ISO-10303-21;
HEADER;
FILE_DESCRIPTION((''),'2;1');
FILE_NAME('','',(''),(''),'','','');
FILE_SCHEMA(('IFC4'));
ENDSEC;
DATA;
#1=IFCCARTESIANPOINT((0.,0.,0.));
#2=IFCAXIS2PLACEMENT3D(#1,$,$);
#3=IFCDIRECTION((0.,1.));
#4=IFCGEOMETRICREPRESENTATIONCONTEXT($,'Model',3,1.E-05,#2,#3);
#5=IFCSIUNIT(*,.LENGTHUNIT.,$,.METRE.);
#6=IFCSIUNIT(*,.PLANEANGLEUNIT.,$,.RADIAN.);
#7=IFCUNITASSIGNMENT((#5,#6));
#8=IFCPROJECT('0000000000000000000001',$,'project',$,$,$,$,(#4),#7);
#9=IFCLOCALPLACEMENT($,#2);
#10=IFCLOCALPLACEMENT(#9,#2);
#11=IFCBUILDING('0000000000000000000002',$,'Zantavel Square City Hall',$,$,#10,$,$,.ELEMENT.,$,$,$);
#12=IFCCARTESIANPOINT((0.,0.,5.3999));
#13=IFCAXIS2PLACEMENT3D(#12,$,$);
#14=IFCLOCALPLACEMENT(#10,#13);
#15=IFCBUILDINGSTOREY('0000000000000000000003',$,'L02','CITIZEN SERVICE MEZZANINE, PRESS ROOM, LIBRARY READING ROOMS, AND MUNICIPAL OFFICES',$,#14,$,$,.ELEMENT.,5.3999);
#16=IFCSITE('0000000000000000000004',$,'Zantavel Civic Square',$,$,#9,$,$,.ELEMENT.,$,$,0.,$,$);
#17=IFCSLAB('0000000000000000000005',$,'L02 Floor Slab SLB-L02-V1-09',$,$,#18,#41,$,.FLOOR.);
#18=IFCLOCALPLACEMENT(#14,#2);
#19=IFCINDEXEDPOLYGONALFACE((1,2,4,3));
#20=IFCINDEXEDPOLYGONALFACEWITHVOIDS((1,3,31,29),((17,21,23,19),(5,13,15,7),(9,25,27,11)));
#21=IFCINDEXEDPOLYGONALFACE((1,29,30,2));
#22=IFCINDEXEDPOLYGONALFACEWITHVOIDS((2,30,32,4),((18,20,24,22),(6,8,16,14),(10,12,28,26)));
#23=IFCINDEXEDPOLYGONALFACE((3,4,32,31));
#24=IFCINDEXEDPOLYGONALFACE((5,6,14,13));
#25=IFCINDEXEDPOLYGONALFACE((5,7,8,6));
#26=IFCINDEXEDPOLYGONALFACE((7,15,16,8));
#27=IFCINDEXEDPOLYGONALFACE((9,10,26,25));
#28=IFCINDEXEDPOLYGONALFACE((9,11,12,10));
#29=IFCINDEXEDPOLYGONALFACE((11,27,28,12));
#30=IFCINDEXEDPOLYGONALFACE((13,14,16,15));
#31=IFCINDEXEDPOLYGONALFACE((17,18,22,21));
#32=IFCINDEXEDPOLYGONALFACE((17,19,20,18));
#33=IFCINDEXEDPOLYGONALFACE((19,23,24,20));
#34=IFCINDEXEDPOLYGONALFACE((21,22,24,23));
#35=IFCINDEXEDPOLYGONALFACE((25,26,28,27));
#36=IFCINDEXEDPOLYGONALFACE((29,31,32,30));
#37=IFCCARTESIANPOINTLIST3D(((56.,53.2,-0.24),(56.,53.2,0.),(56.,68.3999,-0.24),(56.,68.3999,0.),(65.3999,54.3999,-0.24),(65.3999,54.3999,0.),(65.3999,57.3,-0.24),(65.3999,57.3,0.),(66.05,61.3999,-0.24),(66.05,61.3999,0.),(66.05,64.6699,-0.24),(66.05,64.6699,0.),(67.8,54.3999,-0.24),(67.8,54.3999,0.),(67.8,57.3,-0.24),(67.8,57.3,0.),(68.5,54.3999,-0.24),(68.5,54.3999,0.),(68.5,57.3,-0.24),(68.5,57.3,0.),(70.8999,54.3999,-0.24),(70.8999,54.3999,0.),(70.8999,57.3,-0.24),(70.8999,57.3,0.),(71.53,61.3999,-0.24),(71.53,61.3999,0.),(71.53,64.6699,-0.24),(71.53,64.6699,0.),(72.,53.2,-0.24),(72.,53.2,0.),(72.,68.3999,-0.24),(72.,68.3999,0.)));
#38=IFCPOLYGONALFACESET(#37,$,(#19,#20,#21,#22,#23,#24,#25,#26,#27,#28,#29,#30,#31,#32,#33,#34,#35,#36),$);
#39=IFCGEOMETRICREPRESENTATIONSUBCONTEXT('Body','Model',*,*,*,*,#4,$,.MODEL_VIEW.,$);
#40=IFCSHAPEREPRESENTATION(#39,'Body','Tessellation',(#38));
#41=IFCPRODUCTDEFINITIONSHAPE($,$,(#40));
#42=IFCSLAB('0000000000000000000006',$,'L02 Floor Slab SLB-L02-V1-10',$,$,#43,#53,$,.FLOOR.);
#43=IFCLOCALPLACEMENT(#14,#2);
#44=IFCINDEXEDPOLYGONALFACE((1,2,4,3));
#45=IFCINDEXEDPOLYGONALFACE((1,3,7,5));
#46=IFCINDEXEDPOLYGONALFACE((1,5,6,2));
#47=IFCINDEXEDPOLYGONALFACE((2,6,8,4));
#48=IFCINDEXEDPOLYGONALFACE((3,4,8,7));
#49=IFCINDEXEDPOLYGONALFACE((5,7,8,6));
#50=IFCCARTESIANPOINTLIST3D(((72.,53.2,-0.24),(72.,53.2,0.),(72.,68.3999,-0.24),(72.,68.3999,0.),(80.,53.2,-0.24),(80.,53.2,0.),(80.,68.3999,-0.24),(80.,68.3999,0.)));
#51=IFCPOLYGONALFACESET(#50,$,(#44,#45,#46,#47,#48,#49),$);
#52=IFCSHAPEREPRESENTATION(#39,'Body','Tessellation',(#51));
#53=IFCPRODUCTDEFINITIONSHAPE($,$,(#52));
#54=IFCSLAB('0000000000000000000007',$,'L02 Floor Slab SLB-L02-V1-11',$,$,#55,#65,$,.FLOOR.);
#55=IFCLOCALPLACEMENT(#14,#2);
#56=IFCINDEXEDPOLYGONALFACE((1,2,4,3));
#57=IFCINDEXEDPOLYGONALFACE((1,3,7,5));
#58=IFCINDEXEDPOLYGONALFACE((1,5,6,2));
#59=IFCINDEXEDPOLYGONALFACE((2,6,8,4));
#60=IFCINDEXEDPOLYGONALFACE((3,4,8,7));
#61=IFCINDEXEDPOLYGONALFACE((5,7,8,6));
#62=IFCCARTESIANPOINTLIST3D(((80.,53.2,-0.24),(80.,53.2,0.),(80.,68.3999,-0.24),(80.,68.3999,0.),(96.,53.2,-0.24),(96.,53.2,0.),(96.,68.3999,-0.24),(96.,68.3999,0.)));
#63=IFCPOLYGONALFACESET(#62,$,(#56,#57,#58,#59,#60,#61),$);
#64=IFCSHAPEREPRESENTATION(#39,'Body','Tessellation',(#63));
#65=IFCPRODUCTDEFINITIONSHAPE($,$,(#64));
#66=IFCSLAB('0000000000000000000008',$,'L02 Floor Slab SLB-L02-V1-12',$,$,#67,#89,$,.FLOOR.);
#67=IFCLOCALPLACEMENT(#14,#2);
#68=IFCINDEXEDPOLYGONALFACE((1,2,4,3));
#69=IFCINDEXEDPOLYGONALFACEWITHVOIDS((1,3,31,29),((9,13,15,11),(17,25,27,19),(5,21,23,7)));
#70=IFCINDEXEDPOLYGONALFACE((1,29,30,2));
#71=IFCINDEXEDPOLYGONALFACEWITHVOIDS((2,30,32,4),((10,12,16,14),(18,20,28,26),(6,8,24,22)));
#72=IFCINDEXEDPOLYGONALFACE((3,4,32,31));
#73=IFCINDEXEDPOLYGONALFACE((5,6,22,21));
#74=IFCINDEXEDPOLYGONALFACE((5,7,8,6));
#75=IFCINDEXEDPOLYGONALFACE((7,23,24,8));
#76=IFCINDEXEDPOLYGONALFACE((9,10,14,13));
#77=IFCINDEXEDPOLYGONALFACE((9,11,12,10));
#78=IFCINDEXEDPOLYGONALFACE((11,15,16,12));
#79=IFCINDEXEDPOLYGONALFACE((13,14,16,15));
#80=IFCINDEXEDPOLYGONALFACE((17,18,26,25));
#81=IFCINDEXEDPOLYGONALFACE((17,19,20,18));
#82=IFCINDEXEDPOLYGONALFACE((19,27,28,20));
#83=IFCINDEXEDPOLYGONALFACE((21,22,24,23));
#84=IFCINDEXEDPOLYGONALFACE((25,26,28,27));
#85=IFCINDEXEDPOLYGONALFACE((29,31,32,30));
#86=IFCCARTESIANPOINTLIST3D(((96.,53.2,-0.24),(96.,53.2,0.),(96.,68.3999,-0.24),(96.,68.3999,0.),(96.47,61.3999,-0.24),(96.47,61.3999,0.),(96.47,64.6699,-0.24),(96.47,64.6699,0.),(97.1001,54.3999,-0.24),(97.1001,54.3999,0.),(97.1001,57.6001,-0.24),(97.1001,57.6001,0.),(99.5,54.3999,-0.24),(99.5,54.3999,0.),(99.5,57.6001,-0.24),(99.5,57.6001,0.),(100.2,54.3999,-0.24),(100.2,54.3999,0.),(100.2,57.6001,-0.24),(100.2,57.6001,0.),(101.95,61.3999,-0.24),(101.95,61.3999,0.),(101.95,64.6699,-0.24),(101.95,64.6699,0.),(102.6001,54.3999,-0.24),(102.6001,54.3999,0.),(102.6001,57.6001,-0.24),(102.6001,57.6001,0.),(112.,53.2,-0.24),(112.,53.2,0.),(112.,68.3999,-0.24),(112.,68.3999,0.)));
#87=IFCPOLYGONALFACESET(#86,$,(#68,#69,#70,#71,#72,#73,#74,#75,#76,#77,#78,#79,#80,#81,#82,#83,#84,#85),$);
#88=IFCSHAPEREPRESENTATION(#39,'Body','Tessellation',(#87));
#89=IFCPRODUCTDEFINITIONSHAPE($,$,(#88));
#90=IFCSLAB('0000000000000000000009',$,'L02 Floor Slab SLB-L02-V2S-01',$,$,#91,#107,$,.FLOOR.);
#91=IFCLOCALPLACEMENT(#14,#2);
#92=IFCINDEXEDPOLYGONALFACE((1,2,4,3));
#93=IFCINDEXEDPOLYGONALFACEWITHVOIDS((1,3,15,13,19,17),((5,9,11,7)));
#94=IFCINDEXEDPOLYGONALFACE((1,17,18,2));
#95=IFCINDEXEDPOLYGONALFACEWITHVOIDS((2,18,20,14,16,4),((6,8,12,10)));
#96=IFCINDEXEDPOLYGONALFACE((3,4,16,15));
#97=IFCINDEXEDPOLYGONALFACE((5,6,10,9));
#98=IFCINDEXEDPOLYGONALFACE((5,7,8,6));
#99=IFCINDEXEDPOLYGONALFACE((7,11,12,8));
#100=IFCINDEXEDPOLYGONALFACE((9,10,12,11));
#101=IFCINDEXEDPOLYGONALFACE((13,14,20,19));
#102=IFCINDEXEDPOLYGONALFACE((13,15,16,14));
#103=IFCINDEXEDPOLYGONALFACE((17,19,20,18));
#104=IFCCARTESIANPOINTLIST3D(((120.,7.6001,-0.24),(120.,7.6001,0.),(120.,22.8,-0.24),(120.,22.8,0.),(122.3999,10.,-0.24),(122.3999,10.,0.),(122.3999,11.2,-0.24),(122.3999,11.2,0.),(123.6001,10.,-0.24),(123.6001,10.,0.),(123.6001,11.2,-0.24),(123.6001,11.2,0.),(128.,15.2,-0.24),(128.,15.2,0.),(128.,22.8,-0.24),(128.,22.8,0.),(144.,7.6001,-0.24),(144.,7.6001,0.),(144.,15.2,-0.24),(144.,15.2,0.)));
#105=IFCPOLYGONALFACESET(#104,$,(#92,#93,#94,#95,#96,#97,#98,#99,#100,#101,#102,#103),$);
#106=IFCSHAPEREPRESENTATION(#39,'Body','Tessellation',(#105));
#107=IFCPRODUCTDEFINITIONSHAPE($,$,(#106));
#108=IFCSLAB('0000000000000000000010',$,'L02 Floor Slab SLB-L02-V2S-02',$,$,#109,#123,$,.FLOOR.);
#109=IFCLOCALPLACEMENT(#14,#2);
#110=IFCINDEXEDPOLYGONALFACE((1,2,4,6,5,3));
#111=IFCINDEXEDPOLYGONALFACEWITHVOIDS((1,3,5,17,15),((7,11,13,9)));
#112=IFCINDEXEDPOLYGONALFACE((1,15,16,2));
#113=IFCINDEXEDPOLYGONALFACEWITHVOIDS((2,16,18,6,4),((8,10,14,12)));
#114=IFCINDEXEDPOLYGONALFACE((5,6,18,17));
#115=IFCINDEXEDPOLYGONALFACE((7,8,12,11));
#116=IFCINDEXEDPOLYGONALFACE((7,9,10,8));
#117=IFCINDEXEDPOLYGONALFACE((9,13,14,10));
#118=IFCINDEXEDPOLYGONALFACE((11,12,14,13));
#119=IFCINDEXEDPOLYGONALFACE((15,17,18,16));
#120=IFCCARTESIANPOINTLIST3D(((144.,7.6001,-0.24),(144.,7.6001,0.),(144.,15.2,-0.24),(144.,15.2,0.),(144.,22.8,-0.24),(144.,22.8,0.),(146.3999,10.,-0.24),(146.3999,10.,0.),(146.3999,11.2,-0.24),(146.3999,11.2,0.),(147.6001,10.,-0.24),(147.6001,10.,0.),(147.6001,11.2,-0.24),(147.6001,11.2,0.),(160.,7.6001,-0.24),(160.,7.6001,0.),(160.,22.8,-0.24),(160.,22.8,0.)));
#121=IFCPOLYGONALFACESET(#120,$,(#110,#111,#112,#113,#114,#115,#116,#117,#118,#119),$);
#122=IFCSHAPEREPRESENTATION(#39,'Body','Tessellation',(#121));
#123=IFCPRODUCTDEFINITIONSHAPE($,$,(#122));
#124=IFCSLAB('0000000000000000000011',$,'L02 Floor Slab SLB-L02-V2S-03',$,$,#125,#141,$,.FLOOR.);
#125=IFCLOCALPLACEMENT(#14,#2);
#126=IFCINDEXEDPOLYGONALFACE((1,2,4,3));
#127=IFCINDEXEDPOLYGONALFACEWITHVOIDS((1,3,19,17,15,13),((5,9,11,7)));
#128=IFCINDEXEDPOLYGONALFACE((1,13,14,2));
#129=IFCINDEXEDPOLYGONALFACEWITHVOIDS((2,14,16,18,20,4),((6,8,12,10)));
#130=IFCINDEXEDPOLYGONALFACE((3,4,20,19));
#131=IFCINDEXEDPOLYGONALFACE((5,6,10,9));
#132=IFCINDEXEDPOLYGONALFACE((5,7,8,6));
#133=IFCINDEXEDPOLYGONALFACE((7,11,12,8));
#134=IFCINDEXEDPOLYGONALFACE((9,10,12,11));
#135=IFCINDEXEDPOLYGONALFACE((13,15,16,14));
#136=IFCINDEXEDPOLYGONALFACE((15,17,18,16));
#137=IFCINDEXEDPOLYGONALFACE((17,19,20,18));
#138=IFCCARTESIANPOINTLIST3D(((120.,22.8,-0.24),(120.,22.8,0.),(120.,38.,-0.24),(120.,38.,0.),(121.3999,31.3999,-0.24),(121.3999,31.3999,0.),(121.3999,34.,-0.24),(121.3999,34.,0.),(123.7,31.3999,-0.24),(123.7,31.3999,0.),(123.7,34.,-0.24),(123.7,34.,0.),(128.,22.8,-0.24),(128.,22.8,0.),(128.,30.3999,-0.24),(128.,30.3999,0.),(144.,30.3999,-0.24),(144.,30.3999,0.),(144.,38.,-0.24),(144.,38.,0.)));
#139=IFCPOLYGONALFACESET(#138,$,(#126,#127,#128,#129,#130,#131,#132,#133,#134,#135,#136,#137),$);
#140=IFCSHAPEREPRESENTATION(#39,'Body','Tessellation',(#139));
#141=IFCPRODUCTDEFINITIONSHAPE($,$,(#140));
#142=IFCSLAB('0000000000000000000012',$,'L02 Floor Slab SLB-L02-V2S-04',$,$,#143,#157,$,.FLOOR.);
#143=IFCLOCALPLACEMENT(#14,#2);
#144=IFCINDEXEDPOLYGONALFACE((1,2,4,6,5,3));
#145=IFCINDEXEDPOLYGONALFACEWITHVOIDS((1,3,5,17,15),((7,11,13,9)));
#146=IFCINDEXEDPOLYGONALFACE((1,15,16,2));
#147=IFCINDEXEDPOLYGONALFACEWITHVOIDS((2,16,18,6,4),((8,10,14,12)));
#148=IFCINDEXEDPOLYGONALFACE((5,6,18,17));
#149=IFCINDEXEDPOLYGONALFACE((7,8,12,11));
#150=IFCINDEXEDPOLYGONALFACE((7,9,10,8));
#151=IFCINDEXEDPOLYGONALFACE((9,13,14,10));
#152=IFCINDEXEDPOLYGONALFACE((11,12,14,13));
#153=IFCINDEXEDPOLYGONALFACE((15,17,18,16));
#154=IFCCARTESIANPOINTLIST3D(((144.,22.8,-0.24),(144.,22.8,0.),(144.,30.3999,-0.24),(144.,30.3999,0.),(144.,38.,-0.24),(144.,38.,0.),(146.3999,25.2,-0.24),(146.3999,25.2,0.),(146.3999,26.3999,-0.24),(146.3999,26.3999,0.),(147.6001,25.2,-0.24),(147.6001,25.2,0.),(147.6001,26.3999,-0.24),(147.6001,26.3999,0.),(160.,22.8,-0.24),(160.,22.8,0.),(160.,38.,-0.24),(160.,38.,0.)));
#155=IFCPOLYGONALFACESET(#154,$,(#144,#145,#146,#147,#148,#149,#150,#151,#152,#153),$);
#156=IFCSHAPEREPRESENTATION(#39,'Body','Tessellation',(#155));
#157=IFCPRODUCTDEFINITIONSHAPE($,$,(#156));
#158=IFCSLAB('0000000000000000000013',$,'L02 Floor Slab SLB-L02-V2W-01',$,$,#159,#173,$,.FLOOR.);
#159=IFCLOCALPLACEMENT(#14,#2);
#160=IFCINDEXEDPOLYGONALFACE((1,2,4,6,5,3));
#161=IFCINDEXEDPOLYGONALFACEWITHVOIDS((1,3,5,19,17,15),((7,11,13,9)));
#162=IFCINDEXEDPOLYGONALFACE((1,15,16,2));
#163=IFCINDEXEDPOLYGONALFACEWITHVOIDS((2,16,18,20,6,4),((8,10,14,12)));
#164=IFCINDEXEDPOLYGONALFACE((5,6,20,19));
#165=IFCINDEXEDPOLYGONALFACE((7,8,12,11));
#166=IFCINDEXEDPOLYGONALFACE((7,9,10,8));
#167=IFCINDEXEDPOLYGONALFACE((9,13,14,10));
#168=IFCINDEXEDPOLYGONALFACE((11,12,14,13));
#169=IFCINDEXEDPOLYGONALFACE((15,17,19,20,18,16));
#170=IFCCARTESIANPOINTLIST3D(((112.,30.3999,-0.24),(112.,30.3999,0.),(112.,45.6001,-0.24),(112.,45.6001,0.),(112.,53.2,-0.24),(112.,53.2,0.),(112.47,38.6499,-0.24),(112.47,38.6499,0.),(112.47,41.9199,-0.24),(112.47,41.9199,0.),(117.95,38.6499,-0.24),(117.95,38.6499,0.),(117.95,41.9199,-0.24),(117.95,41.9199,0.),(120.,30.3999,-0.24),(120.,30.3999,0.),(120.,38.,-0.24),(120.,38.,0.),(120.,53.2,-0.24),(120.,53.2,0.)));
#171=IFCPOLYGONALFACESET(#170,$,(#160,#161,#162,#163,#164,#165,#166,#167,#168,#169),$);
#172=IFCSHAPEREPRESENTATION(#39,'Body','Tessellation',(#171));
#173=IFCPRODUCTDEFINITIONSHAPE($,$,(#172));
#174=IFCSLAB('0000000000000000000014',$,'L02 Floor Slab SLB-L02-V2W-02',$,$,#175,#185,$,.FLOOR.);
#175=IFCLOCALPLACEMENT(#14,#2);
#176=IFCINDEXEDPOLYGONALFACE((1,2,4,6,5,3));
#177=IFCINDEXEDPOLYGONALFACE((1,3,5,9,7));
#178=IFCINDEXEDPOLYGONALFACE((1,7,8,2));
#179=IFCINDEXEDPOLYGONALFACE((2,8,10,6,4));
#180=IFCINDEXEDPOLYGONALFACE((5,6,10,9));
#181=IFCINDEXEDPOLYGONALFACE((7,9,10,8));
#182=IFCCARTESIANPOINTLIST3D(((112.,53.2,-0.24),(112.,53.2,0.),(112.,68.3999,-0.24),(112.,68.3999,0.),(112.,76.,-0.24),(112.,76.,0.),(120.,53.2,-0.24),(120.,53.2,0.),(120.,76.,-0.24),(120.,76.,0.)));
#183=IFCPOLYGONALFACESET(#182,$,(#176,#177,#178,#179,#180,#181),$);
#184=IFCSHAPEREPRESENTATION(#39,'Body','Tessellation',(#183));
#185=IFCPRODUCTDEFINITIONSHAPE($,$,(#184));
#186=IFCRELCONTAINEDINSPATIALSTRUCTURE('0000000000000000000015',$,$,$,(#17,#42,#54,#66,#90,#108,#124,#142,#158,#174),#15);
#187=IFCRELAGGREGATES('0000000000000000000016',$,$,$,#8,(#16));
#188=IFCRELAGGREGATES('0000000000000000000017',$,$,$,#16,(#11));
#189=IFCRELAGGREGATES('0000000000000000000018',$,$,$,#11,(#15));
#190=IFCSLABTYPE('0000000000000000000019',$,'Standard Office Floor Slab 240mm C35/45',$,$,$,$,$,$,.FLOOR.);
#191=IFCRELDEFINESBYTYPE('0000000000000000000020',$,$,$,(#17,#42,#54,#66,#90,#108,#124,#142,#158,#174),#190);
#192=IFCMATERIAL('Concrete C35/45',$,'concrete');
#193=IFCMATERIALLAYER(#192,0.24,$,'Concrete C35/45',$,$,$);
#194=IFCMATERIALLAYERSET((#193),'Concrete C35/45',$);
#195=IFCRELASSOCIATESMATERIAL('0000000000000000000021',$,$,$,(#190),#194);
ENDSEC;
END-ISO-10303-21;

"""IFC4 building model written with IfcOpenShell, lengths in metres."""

from ifc_helpers import new_model, si_unit, direction, frame, origin, place, context, subcontext, project, spatial, polyline, outline, extrude, material, layer, layer_set, type_object, element, save


model = new_model("IFC4")

# Units and contexts
model_context = context("Model", 3, precision=1e-05, world=origin(), true_north=direction((0.0, 1.0)))
body_context = subcontext(model_context, "Body", "Model", "MODEL_VIEW")
ifc_project = project(units=[si_unit("LENGTHUNIT", "METRE"), si_unit("PLANEANGLEUNIT", "RADIAN")], contexts=[model_context])

# Site, building, storey
site_placement = place(None, origin())
site = spatial("IfcSite", under=ifc_project, at=site_placement, Name="Zantavel Civic Square", CompositionType="ELEMENT", RefElevation=0.0)
building_placement = place(site_placement, origin())
building = spatial("IfcBuilding", under=site, at=building_placement, Name="Zantavel Square City Hall", CompositionType="ELEMENT")
storey_placement = place(building_placement, frame((0.0, 0.0, 5.3999)))
storey = spatial("IfcBuildingStorey", under=building, at=storey_placement, Name="L02", Description="CITIZEN SERVICE MEZZANINE, PRESS ROOM, LIBRARY READING ROOMS, AND MUNICIPAL OFFICES", CompositionType="ELEMENT", Elevation=5.3999)

# Slabs
ifc_material_1 = material(Name="Concrete C35/45", Category="concrete")
ifc_layer_1 = layer(ifc_material_1, 0.24, Name="Concrete C35/45")
ifc_layer_set_1 = layer_set([ifc_layer_1], Name="Concrete C35/45")
slab_type_1 = type_object("IfcSlabType", Name="Standard Office Floor Slab 240mm C35/45", PredefinedType="FLOOR", material=ifc_layer_set_1)
slab_1_placement = place(storey_placement, frame((0.0, 0.0, -0.24)))
element("IfcSlab", 1, at=slab_1_placement, inside=storey, type_object=slab_type_1, Name="L02 Floor Slab SLB-L02-V1-09", PredefinedType="FLOOR", context=body_context, shape_type="SweptSolid", body=[
    extrude(outline(polyline([(56.0, 53.2), (56.0, 68.3999), (72.0, 68.3999), (72.0, 53.2), (56.0, 53.2)]), holes=[polyline([(66.05, 61.3999), (71.53, 61.3999), (71.53, 64.6699), (66.05, 64.6699), (66.05, 61.3999)]), polyline([(65.3999, 57.3), (65.3999, 54.3999), (67.8, 54.3999), (67.8, 57.3), (65.3999, 57.3)]), polyline([(70.8999, 57.3), (68.5, 57.3), (68.5, 54.3999), (70.8999, 54.3999), (70.8999, 57.3)])]), origin(), (0.0, 0.0, 1.0), 0.24),
])
slab_2_placement = place(storey_placement, frame((0.0, 0.0, -0.24)))
element("IfcSlab", 2, at=slab_2_placement, inside=storey, type_object=slab_type_1, Name="L02 Floor Slab SLB-L02-V1-10", PredefinedType="FLOOR", context=body_context, shape_type="SweptSolid", body=[
    extrude(outline(polyline([(80.0, 68.3999), (80.0, 53.2), (72.0, 53.2), (72.0, 68.3999), (80.0, 68.3999)])), origin(), (0.0, 0.0, 1.0), 0.24),
])
slab_3_placement = place(storey_placement, frame((0.0, 0.0, -0.24)))
element("IfcSlab", 3, at=slab_3_placement, inside=storey, type_object=slab_type_1, Name="L02 Floor Slab SLB-L02-V1-11", PredefinedType="FLOOR", context=body_context, shape_type="SweptSolid", body=[
    extrude(outline(polyline([(96.0, 68.3999), (96.0, 53.2), (80.0, 53.2), (80.0, 68.3999), (96.0, 68.3999)])), origin(), (0.0, 0.0, 1.0), 0.24),
])
slab_4_placement = place(storey_placement, frame((0.0, 0.0, -0.24)))
element("IfcSlab", 4, at=slab_4_placement, inside=storey, type_object=slab_type_1, Name="L02 Floor Slab SLB-L02-V1-12", PredefinedType="FLOOR", context=body_context, shape_type="SweptSolid", body=[
    extrude(outline(polyline([(96.0, 68.3999), (112.0, 68.3999), (112.0, 53.2), (96.0, 53.2), (96.0, 68.3999)]), holes=[polyline([(96.47, 61.3999), (101.95, 61.3999), (101.95, 64.6699), (96.47, 64.6699), (96.47, 61.3999)]), polyline([(97.1001, 57.6001), (97.1001, 54.3999), (99.5, 54.3999), (99.5, 57.6001), (97.1001, 57.6001)]), polyline([(102.6001, 57.6001), (100.2, 57.6001), (100.2, 54.3999), (102.6001, 54.3999), (102.6001, 57.6001)])]), origin(), (0.0, 0.0, 1.0), 0.24),
])
slab_5_placement = place(storey_placement, frame((0.0, 0.0, -0.24)))
element("IfcSlab", 5, at=slab_5_placement, inside=storey, type_object=slab_type_1, Name="L02 Floor Slab SLB-L02-V2S-01", PredefinedType="FLOOR", context=body_context, shape_type="SweptSolid", body=[
    extrude(outline(polyline([(128.0, 22.8), (128.0, 15.2), (144.0, 15.2), (144.0, 7.6001), (120.0, 7.6001), (120.0, 22.8), (128.0, 22.8)]), holes=[polyline([(123.6001, 11.2), (122.3999, 11.2), (122.3999, 10.0), (123.6001, 10.0), (123.6001, 11.2)])]), origin(), (0.0, 0.0, 1.0), 0.24),
])
slab_6_placement = place(storey_placement, frame((0.0, 0.0, -0.24)))
element("IfcSlab", 6, at=slab_6_placement, inside=storey, type_object=slab_type_1, Name="L02 Floor Slab SLB-L02-V2S-02", PredefinedType="FLOOR", context=body_context, shape_type="SweptSolid", body=[
    extrude(outline(polyline([(160.0, 7.6001), (144.0, 7.6001), (144.0, 15.2), (144.0, 22.8), (160.0, 22.8), (160.0, 7.6001)]), holes=[polyline([(147.6001, 11.2), (146.3999, 11.2), (146.3999, 10.0), (147.6001, 10.0), (147.6001, 11.2)])]), origin(), (0.0, 0.0, 1.0), 0.24),
])
slab_7_placement = place(storey_placement, frame((0.0, 0.0, -0.24)))
element("IfcSlab", 7, at=slab_7_placement, inside=storey, type_object=slab_type_1, Name="L02 Floor Slab SLB-L02-V2S-03", PredefinedType="FLOOR", context=body_context, shape_type="SweptSolid", body=[
    extrude(outline(polyline([(144.0, 30.3999), (128.0, 30.3999), (128.0, 22.8), (120.0, 22.8), (120.0, 38.0), (144.0, 38.0), (144.0, 30.3999)]), holes=[polyline([(123.7, 34.0), (121.3999, 34.0), (121.3999, 31.3999), (123.7, 31.3999), (123.7, 34.0)])]), origin(), (0.0, 0.0, 1.0), 0.24),
])
slab_8_placement = place(storey_placement, frame((0.0, 0.0, -0.24)))
element("IfcSlab", 8, at=slab_8_placement, inside=storey, type_object=slab_type_1, Name="L02 Floor Slab SLB-L02-V2S-04", PredefinedType="FLOOR", context=body_context, shape_type="SweptSolid", body=[
    extrude(outline(polyline([(144.0, 22.8), (144.0, 30.3999), (144.0, 38.0), (160.0, 38.0), (160.0, 22.8), (144.0, 22.8)]), holes=[polyline([(147.6001, 26.3999), (146.3999, 26.3999), (146.3999, 25.2), (147.6001, 25.2), (147.6001, 26.3999)])]), origin(), (0.0, 0.0, 1.0), 0.24),
])
slab_9_placement = place(storey_placement, frame((0.0, 0.0, -0.24)))
element("IfcSlab", 9, at=slab_9_placement, inside=storey, type_object=slab_type_1, Name="L02 Floor Slab SLB-L02-V2W-01", PredefinedType="FLOOR", context=body_context, shape_type="SweptSolid", body=[
    extrude(outline(polyline([(112.0, 30.3999), (112.0, 45.6001), (112.0, 53.2), (120.0, 53.2), (120.0, 38.0), (120.0, 30.3999), (112.0, 30.3999)]), holes=[polyline([(117.95, 41.9199), (112.47, 41.9199), (112.47, 38.6499), (117.95, 38.6499), (117.95, 41.9199)])]), origin(), (0.0, 0.0, 1.0), 0.24),
])
slab_10_placement = place(storey_placement, frame((0.0, 0.0, -0.24)))
element("IfcSlab", 10, at=slab_10_placement, inside=storey, type_object=slab_type_1, Name="L02 Floor Slab SLB-L02-V2W-02", PredefinedType="FLOOR", context=body_context, shape_type="SweptSolid", body=[
    extrude(outline(polyline([(112.0, 76.0), (120.0, 76.0), (120.0, 53.2), (112.0, 53.2), (112.0, 68.3999), (112.0, 76.0)])), origin(), (0.0, 0.0, 1.0), 0.24),
])

save(model, "model.ifc")
